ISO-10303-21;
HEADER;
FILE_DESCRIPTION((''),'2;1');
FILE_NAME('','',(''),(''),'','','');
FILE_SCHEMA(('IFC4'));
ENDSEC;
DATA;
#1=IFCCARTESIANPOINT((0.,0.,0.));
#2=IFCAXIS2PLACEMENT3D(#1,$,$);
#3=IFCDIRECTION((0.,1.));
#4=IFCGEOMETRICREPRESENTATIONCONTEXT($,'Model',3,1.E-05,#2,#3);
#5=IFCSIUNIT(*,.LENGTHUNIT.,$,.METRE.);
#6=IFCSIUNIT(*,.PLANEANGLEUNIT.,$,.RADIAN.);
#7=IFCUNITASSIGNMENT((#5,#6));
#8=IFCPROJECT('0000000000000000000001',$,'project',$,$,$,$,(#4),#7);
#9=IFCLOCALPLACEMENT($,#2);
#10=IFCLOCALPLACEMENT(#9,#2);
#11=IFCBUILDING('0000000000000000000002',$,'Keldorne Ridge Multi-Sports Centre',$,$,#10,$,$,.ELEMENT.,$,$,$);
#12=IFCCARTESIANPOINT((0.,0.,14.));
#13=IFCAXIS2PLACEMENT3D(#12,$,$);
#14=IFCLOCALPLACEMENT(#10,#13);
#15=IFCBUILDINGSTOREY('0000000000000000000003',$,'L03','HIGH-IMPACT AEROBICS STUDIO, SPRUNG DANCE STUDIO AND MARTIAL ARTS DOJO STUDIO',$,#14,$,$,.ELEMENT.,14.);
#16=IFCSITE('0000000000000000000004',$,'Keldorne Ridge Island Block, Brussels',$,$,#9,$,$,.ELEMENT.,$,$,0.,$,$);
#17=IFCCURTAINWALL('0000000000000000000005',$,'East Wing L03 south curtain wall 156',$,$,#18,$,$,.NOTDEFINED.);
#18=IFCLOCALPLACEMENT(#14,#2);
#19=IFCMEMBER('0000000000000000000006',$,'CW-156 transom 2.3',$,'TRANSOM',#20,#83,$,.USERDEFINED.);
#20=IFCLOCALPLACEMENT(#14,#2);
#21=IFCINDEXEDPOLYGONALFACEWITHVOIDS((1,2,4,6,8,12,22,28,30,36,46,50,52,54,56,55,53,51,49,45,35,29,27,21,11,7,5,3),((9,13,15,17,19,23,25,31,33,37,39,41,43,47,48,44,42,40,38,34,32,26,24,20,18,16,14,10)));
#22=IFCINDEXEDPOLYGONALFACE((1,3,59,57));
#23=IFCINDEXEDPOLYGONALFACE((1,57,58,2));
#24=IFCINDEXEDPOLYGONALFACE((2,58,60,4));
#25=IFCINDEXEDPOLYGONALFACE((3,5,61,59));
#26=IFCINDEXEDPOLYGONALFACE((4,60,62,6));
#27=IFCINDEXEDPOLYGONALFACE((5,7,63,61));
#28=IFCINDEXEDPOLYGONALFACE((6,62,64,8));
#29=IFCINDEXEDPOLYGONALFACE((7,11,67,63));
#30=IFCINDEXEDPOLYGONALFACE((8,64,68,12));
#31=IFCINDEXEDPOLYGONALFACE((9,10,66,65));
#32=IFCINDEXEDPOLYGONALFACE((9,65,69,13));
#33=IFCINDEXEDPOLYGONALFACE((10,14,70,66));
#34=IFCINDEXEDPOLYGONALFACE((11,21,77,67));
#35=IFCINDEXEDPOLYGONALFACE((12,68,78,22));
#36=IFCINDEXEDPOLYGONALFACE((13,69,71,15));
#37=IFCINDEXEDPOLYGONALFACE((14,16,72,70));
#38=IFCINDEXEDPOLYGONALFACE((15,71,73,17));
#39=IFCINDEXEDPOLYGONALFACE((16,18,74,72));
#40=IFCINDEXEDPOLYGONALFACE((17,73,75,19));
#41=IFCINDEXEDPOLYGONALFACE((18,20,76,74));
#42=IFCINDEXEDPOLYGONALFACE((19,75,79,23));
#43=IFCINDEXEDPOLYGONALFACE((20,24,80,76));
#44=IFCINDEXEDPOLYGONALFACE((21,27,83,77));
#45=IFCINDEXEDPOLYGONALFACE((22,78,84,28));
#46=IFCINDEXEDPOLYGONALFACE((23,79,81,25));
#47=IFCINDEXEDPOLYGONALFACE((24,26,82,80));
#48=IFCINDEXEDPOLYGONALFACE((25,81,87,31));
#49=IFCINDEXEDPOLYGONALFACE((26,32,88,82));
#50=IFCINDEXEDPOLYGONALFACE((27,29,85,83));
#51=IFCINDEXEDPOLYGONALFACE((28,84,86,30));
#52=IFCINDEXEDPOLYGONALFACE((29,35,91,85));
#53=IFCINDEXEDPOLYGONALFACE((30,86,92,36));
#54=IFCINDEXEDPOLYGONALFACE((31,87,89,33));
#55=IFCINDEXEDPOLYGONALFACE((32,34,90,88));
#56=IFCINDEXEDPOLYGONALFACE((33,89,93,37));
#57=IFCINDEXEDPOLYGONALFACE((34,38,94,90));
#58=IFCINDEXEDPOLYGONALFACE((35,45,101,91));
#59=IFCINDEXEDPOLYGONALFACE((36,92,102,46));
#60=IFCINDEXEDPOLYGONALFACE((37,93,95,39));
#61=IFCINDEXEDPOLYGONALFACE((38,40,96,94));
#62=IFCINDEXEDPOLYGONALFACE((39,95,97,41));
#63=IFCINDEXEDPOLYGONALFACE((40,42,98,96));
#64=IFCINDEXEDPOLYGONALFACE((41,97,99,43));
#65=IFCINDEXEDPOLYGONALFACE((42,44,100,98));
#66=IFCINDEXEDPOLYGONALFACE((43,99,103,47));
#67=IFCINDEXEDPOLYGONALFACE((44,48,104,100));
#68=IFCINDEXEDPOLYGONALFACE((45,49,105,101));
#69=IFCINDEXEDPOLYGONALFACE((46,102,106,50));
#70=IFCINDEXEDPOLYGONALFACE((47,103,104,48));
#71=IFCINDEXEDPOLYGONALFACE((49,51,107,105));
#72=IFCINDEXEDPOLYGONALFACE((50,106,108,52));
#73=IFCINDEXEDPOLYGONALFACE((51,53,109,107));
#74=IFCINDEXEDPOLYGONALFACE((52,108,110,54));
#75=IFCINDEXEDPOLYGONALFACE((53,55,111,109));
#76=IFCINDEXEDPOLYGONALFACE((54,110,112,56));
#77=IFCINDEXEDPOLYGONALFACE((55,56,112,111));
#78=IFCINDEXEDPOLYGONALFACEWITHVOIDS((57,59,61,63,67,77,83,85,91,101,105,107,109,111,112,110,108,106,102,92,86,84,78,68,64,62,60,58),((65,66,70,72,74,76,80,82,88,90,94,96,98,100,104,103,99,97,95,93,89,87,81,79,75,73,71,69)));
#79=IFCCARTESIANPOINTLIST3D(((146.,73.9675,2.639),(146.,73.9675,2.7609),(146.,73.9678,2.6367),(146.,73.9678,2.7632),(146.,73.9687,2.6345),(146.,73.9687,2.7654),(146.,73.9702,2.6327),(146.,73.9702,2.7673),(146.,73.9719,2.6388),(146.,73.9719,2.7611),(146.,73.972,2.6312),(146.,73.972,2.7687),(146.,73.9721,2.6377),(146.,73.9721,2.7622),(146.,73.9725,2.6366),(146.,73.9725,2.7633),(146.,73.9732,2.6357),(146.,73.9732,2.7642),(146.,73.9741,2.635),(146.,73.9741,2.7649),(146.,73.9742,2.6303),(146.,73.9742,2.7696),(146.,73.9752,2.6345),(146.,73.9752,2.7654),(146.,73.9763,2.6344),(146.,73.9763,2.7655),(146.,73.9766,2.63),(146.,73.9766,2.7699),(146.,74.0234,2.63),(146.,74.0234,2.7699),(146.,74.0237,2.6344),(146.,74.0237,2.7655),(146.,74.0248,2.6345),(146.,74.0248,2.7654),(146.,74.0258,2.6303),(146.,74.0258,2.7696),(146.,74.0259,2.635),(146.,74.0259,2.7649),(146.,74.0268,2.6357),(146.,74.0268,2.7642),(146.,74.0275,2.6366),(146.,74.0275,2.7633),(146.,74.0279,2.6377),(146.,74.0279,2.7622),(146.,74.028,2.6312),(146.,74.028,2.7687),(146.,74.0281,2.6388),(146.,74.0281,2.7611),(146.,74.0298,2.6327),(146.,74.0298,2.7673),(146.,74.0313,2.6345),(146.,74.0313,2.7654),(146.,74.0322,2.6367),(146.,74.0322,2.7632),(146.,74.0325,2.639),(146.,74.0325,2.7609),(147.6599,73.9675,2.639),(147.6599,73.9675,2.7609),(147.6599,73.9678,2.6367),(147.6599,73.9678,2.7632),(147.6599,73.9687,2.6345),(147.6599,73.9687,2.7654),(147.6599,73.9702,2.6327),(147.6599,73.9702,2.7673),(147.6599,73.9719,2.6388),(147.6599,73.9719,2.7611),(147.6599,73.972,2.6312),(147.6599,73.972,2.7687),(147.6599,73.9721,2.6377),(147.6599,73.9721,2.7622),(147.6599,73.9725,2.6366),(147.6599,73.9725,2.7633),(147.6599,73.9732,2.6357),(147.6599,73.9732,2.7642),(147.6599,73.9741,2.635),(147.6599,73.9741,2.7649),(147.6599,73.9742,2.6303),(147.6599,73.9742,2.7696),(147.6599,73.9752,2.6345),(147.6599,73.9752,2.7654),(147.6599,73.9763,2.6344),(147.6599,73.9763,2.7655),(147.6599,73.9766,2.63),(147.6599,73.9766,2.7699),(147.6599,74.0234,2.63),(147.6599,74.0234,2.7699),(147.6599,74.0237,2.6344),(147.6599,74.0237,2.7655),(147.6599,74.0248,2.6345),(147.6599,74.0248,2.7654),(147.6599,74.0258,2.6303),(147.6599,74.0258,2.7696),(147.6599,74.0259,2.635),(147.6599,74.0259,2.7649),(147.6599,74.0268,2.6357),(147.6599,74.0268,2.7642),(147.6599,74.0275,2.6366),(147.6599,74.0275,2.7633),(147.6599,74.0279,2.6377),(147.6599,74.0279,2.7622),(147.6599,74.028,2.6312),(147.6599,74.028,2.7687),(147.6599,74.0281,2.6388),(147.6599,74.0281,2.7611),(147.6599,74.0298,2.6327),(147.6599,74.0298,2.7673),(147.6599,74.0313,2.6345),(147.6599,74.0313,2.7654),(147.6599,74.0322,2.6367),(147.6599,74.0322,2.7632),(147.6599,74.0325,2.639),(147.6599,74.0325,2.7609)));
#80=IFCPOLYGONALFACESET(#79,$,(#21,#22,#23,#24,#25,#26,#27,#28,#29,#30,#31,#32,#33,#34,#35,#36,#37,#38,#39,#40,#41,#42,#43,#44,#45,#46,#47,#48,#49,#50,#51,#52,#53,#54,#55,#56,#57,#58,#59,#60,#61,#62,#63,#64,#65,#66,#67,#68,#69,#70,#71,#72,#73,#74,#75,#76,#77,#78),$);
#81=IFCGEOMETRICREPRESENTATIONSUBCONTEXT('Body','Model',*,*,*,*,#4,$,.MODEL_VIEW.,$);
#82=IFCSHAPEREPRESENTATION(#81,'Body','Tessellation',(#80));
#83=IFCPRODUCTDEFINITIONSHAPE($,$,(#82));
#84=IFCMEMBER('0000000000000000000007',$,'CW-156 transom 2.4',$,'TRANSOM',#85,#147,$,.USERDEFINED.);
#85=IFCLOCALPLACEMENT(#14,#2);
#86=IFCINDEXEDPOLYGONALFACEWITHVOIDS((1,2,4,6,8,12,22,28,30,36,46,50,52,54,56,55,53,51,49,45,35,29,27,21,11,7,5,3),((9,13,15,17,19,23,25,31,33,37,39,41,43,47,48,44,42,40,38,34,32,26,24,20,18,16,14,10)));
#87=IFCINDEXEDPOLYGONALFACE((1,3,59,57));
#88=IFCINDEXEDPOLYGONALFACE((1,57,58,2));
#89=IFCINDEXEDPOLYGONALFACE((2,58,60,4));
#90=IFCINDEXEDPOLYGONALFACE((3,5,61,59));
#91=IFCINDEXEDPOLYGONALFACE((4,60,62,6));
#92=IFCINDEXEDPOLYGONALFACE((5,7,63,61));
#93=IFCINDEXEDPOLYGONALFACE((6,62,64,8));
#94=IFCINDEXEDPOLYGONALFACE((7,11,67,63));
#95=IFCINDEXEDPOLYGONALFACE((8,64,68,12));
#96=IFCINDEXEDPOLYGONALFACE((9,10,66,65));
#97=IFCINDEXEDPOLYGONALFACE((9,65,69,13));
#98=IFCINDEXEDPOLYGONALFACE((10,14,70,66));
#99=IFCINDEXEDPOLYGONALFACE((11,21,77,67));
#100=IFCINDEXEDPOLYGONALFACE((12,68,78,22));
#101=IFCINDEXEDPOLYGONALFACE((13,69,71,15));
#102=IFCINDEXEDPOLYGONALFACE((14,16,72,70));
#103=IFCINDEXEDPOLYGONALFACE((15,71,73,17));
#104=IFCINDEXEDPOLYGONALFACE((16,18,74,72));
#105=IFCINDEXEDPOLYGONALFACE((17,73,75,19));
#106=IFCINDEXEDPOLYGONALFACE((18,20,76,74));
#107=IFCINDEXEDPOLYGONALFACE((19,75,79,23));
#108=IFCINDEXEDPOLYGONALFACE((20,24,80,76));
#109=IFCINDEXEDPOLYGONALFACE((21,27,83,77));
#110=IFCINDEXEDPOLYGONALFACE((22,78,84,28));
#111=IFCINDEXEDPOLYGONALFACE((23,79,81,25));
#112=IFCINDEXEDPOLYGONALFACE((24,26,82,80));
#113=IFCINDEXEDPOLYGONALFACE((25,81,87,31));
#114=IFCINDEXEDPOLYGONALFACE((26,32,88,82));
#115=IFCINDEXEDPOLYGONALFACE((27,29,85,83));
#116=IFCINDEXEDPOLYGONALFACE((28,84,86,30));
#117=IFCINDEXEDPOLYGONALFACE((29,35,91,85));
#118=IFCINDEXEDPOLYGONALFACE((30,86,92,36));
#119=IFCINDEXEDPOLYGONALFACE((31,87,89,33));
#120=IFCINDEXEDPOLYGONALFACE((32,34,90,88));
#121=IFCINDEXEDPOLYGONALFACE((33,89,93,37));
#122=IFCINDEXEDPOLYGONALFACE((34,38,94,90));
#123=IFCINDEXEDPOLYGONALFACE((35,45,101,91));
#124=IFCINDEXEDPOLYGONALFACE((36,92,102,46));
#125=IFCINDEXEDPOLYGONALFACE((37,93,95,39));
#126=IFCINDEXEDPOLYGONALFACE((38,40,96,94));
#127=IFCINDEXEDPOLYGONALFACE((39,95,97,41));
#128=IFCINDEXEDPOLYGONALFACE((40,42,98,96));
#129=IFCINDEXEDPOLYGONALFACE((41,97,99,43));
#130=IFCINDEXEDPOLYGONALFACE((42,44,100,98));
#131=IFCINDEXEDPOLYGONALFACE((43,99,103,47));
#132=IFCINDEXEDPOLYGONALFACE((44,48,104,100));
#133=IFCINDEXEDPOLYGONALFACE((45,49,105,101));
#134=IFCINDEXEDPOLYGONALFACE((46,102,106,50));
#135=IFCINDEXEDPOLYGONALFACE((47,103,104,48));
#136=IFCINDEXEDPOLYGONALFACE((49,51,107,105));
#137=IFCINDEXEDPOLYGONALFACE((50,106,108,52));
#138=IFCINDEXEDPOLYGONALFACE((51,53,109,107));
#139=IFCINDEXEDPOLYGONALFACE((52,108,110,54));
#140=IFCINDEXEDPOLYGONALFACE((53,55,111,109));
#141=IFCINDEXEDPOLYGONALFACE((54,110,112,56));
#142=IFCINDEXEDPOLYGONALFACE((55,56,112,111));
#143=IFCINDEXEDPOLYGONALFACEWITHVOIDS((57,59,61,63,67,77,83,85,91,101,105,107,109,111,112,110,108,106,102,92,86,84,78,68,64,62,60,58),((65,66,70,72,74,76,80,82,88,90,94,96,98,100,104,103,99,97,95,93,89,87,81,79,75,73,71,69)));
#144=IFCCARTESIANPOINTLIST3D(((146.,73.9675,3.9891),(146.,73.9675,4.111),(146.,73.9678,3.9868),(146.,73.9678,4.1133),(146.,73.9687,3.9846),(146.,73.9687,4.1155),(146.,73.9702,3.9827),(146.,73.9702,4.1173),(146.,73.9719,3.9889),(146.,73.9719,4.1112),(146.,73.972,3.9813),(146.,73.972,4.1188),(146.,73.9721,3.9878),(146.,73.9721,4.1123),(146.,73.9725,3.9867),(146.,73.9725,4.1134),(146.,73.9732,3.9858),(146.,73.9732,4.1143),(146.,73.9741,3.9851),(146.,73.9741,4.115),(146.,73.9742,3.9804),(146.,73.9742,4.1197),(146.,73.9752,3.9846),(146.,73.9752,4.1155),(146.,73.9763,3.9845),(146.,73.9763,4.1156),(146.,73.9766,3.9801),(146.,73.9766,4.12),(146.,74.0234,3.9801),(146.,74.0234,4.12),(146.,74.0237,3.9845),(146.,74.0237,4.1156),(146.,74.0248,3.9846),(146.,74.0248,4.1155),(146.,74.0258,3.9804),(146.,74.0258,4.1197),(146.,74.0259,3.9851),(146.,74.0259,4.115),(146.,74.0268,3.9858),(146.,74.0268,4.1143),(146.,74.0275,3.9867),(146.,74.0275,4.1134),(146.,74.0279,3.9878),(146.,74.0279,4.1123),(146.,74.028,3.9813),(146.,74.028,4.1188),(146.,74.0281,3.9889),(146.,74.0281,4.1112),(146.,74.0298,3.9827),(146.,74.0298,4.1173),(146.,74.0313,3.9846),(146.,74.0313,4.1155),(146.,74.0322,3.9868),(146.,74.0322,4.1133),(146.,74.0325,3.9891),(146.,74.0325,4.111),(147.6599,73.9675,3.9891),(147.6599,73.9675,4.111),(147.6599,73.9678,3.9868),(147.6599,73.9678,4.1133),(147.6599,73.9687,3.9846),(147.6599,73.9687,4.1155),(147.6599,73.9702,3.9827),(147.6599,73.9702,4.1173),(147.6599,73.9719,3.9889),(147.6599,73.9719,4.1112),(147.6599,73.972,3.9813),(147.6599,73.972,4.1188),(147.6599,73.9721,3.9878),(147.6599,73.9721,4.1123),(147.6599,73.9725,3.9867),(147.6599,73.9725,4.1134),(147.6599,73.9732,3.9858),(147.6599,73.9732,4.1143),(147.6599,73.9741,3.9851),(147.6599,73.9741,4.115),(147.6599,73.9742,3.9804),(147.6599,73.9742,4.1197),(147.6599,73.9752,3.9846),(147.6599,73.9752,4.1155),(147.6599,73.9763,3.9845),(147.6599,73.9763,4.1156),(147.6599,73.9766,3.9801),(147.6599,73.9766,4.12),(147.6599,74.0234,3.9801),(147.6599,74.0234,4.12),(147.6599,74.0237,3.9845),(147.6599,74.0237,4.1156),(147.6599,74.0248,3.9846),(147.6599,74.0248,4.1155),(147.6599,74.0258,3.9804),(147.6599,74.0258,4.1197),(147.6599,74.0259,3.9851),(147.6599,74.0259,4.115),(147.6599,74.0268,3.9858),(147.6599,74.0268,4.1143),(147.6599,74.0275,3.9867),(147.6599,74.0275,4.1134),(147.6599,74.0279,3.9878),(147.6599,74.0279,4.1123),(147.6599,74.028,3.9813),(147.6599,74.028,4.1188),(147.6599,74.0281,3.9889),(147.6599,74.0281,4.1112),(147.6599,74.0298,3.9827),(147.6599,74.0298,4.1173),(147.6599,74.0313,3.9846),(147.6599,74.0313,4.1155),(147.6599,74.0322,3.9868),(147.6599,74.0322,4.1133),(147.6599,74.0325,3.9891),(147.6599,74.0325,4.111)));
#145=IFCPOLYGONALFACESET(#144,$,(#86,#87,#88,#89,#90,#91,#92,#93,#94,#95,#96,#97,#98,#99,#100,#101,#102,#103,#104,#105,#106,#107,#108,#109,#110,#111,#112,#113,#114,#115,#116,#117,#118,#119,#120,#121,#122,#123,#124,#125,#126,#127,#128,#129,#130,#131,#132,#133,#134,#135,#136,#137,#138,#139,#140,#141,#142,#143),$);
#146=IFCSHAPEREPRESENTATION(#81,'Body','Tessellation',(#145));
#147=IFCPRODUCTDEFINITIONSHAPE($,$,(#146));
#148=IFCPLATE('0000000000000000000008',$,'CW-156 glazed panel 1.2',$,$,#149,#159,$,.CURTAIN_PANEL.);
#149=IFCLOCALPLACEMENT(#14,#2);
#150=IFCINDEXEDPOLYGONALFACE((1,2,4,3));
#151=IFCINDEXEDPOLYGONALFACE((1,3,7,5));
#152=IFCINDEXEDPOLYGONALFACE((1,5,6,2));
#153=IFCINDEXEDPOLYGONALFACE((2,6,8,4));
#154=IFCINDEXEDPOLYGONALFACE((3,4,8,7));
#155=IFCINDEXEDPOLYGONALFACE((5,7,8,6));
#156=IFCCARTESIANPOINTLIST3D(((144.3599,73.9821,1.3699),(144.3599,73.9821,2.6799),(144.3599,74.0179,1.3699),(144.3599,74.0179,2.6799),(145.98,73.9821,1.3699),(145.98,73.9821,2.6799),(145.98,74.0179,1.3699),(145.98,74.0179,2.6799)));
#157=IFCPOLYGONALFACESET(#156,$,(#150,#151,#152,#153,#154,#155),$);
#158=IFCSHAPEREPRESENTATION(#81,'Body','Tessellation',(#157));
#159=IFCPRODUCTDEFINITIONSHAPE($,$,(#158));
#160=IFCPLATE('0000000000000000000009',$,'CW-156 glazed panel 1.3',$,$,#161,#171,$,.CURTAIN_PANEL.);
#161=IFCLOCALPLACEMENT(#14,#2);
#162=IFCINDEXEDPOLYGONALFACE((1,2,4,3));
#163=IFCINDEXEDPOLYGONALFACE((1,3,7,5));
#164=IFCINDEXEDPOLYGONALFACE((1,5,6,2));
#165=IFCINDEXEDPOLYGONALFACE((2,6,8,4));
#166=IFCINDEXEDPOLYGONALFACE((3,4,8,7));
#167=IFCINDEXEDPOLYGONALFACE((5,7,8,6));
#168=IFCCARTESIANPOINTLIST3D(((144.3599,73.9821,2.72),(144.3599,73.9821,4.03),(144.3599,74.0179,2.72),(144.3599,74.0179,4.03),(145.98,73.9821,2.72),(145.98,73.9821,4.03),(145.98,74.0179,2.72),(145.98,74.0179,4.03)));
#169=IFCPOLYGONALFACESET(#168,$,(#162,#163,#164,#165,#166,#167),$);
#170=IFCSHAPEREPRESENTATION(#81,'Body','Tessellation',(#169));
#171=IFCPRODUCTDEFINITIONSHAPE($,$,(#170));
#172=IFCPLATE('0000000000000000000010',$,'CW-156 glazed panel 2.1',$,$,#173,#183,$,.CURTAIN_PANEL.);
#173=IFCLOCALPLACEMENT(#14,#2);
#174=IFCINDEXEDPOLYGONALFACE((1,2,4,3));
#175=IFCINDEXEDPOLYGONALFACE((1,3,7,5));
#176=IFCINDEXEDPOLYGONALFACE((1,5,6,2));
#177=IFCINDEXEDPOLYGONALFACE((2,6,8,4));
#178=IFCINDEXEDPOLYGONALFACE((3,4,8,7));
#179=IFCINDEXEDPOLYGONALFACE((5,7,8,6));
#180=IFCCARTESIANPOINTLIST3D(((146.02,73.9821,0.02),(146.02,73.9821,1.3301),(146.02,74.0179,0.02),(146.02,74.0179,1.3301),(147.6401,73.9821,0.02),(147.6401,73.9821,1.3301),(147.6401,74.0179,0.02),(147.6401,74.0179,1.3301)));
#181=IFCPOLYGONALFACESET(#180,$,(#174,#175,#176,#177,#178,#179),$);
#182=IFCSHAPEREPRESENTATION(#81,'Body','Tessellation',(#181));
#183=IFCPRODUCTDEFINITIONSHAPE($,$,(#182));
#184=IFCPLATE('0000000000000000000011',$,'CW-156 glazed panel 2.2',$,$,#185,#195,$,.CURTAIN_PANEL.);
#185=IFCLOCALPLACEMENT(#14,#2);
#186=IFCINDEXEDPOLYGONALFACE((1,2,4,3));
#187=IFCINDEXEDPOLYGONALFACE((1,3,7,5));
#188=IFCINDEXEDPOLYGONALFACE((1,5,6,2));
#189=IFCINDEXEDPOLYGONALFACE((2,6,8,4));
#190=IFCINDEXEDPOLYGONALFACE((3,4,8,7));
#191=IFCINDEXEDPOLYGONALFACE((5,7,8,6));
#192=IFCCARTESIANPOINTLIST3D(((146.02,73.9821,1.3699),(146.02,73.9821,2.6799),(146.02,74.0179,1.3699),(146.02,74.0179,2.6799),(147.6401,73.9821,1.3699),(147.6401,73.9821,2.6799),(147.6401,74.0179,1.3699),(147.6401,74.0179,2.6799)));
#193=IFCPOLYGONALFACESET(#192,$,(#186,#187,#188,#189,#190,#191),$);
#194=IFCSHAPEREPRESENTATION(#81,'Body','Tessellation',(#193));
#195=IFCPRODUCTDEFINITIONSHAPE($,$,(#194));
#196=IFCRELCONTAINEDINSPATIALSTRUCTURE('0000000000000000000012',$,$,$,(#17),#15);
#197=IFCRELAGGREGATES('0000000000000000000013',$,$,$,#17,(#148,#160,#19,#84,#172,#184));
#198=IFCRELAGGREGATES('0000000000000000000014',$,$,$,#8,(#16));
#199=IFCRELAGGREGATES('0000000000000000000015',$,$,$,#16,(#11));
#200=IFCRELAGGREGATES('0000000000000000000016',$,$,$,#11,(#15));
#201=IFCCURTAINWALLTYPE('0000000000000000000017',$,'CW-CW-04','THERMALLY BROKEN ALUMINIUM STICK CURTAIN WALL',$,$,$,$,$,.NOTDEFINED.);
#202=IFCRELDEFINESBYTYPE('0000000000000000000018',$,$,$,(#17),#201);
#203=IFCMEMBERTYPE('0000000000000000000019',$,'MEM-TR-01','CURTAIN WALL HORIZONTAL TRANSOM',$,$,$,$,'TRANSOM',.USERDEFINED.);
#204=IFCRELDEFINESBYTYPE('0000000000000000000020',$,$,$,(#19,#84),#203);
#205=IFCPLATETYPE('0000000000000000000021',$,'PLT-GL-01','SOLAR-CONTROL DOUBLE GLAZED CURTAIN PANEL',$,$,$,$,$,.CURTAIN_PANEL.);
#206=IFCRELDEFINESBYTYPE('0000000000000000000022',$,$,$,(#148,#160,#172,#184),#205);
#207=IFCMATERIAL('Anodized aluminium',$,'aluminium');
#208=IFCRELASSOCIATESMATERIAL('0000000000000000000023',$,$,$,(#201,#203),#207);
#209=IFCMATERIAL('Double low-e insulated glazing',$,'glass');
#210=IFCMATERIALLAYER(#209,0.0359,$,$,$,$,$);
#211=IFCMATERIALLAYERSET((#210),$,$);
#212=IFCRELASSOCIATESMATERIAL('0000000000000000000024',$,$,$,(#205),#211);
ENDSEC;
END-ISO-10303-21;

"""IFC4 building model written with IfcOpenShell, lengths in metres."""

from ifc_helpers import new_model, si_unit, direction, frame, origin, origin_2d, place, context, subcontext, project, spatial, rectangle, hollow_rectangle, extrude, material, layer, layer_set, material_profile, profile_set, type_object, element, aggregate, save


model = new_model("IFC4")

# Units and contexts
model_context = context("Model", 3, precision=1e-05, world=origin(), true_north=direction((0.0, 1.0)))
body_context = subcontext(model_context, "Body", "Model", "MODEL_VIEW")
ifc_project = project(units=[si_unit("LENGTHUNIT", "METRE"), si_unit("PLANEANGLEUNIT", "RADIAN")], contexts=[model_context])

# Site, building, storey
site_placement = place(None, origin())
site = spatial("IfcSite", under=ifc_project, at=site_placement, Name="Keldorne Ridge Island Block, Brussels", CompositionType="ELEMENT", RefElevation=0.0)
building_placement = place(site_placement, origin())
building = spatial("IfcBuilding", under=site, at=building_placement, Name="Keldorne Ridge Multi-Sports Centre", CompositionType="ELEMENT")
storey_placement = place(building_placement, frame((0.0, 0.0, 14.0)))
storey = spatial("IfcBuildingStorey", under=building, at=storey_placement, Name="L03", Description="HIGH-IMPACT AEROBICS STUDIO, SPRUNG DANCE STUDIO AND MARTIAL ARTS DOJO STUDIO", CompositionType="ELEMENT", Elevation=14.0)

# Curtain wall, members, plates
ifc_material_1 = material(Name="Anodized aluminium", Category="aluminium")
curtain_wall_type = type_object("IfcCurtainWallType", Name="CW-CW-04", Description="THERMALLY BROKEN ALUMINIUM STICK CURTAIN WALL", PredefinedType="NOTDEFINED", material=ifc_material_1)
curtain_wall_placement = place(storey_placement, origin())
curtain_wall = element("IfcCurtainWall", 1, at=curtain_wall_placement, inside=storey, type_object=curtain_wall_type, Name="East Wing L03 south curtain wall 156", PredefinedType="NOTDEFINED")
ifc_material_profile_1 = material_profile(ifc_material_1, hollow_rectangle(XDim=0.0649, YDim=0.1399, WallThickness=0.0044, InnerFilletRadius=0.0044, OuterFilletRadius=0.009, at=origin_2d()), Name="ALU TRANSOM 140x65x4.5")
ifc_profile_set_1 = profile_set([ifc_material_profile_1], Name="Anodized aluminium")
member_type_1 = type_object("IfcMemberType", Name="MEM-TR-01", Description="CURTAIN WALL HORIZONTAL TRANSOM", ElementType="TRANSOM", PredefinedType="USERDEFINED", material=ifc_profile_set_1)
member_1_placement = place(storey_placement, frame((146.0, 74.0, 2.7), z_axis=(1.0, 0.0, 0.0), x_axis=(0.0, 1.0, 0.0)))
member_1 = element("IfcMember", 2, at=member_1_placement, type_object=member_type_1, Name="CW-156 transom 2.3", ObjectType="TRANSOM", PredefinedType="USERDEFINED", context=body_context, shape_type="SweptSolid", body=[
    extrude(hollow_rectangle(XDim=0.0649, YDim=0.1399, WallThickness=0.0044, InnerFilletRadius=0.0044, OuterFilletRadius=0.009, at=origin_2d()), origin(), (0.0, 0.0, 1.0), 1.6599),
])
member_2_placement = place(storey_placement, frame((146.0, 74.0, 4.05), z_axis=(1.0, 0.0, 0.0), x_axis=(0.0, 1.0, 0.0)))
member_2 = element("IfcMember", 3, at=member_2_placement, type_object=member_type_1, Name="CW-156 transom 2.4", ObjectType="TRANSOM", PredefinedType="USERDEFINED", context=body_context, shape_type="SweptSolid", body=[
    extrude(hollow_rectangle(XDim=0.0649, YDim=0.1399, WallThickness=0.0044, InnerFilletRadius=0.0044, OuterFilletRadius=0.009, at=origin_2d()), origin(), (0.0, 0.0, 1.0), 1.6599),
])
ifc_material_2 = material(Name="Double low-e insulated glazing", Category="glass")
ifc_layer_1 = layer(ifc_material_2, 0.0359)
ifc_layer_set_1 = layer_set([ifc_layer_1])
plate_type = type_object("IfcPlateType", Name="PLT-GL-01", Description="SOLAR-CONTROL DOUBLE GLAZED CURTAIN PANEL", PredefinedType="CURTAIN_PANEL", material=ifc_layer_set_1)
plate_1_placement = place(storey_placement, frame((145.1699, 74.0, 1.3699), z_axis=(0.0, 0.0, 1.0), x_axis=(1.0, 0.0, 0.0)))
plate_1 = element("IfcPlate", 4, at=plate_1_placement, type_object=plate_type, Name="CW-156 glazed panel 1.2", PredefinedType="CURTAIN_PANEL", context=body_context, shape_type="SweptSolid", body=[
    extrude(rectangle(XDim=1.6201, YDim=0.0359, at=origin_2d()), origin(), (0.0, 0.0, 1.0), 1.3101),
])
plate_2_placement = place(storey_placement, frame((145.1699, 74.0, 2.72), z_axis=(0.0, 0.0, 1.0), x_axis=(1.0, 0.0, 0.0)))
plate_2 = element("IfcPlate", 5, at=plate_2_placement, type_object=plate_type, Name="CW-156 glazed panel 1.3", PredefinedType="CURTAIN_PANEL", context=body_context, shape_type="SweptSolid", body=[
    extrude(rectangle(XDim=1.6201, YDim=0.0359, at=origin_2d()), origin(), (0.0, 0.0, 1.0), 1.3101),
])
plate_3_placement = place(storey_placement, frame((146.8301, 74.0, 0.02), z_axis=(0.0, 0.0, 1.0), x_axis=(1.0, 0.0, 0.0)))
plate_3 = element("IfcPlate", 6, at=plate_3_placement, type_object=plate_type, Name="CW-156 glazed panel 2.1", PredefinedType="CURTAIN_PANEL", context=body_context, shape_type="SweptSolid", body=[
    extrude(rectangle(XDim=1.6201, YDim=0.0359, at=origin_2d()), origin(), (0.0, 0.0, 1.0), 1.3101),
])
plate_4_placement = place(storey_placement, frame((146.8301, 74.0, 1.3699), z_axis=(0.0, 0.0, 1.0), x_axis=(1.0, 0.0, 0.0)))
plate_4 = element("IfcPlate", 7, at=plate_4_placement, type_object=plate_type, Name="CW-156 glazed panel 2.2", PredefinedType="CURTAIN_PANEL", context=body_context, shape_type="SweptSolid", body=[
    extrude(rectangle(XDim=1.6201, YDim=0.0359, at=origin_2d()), origin(), (0.0, 0.0, 1.0), 1.3101),
])
aggregate(curtain_wall, [plate_1, plate_2, member_1, member_2, plate_3, plate_4])

save(model, "model.ifc")
